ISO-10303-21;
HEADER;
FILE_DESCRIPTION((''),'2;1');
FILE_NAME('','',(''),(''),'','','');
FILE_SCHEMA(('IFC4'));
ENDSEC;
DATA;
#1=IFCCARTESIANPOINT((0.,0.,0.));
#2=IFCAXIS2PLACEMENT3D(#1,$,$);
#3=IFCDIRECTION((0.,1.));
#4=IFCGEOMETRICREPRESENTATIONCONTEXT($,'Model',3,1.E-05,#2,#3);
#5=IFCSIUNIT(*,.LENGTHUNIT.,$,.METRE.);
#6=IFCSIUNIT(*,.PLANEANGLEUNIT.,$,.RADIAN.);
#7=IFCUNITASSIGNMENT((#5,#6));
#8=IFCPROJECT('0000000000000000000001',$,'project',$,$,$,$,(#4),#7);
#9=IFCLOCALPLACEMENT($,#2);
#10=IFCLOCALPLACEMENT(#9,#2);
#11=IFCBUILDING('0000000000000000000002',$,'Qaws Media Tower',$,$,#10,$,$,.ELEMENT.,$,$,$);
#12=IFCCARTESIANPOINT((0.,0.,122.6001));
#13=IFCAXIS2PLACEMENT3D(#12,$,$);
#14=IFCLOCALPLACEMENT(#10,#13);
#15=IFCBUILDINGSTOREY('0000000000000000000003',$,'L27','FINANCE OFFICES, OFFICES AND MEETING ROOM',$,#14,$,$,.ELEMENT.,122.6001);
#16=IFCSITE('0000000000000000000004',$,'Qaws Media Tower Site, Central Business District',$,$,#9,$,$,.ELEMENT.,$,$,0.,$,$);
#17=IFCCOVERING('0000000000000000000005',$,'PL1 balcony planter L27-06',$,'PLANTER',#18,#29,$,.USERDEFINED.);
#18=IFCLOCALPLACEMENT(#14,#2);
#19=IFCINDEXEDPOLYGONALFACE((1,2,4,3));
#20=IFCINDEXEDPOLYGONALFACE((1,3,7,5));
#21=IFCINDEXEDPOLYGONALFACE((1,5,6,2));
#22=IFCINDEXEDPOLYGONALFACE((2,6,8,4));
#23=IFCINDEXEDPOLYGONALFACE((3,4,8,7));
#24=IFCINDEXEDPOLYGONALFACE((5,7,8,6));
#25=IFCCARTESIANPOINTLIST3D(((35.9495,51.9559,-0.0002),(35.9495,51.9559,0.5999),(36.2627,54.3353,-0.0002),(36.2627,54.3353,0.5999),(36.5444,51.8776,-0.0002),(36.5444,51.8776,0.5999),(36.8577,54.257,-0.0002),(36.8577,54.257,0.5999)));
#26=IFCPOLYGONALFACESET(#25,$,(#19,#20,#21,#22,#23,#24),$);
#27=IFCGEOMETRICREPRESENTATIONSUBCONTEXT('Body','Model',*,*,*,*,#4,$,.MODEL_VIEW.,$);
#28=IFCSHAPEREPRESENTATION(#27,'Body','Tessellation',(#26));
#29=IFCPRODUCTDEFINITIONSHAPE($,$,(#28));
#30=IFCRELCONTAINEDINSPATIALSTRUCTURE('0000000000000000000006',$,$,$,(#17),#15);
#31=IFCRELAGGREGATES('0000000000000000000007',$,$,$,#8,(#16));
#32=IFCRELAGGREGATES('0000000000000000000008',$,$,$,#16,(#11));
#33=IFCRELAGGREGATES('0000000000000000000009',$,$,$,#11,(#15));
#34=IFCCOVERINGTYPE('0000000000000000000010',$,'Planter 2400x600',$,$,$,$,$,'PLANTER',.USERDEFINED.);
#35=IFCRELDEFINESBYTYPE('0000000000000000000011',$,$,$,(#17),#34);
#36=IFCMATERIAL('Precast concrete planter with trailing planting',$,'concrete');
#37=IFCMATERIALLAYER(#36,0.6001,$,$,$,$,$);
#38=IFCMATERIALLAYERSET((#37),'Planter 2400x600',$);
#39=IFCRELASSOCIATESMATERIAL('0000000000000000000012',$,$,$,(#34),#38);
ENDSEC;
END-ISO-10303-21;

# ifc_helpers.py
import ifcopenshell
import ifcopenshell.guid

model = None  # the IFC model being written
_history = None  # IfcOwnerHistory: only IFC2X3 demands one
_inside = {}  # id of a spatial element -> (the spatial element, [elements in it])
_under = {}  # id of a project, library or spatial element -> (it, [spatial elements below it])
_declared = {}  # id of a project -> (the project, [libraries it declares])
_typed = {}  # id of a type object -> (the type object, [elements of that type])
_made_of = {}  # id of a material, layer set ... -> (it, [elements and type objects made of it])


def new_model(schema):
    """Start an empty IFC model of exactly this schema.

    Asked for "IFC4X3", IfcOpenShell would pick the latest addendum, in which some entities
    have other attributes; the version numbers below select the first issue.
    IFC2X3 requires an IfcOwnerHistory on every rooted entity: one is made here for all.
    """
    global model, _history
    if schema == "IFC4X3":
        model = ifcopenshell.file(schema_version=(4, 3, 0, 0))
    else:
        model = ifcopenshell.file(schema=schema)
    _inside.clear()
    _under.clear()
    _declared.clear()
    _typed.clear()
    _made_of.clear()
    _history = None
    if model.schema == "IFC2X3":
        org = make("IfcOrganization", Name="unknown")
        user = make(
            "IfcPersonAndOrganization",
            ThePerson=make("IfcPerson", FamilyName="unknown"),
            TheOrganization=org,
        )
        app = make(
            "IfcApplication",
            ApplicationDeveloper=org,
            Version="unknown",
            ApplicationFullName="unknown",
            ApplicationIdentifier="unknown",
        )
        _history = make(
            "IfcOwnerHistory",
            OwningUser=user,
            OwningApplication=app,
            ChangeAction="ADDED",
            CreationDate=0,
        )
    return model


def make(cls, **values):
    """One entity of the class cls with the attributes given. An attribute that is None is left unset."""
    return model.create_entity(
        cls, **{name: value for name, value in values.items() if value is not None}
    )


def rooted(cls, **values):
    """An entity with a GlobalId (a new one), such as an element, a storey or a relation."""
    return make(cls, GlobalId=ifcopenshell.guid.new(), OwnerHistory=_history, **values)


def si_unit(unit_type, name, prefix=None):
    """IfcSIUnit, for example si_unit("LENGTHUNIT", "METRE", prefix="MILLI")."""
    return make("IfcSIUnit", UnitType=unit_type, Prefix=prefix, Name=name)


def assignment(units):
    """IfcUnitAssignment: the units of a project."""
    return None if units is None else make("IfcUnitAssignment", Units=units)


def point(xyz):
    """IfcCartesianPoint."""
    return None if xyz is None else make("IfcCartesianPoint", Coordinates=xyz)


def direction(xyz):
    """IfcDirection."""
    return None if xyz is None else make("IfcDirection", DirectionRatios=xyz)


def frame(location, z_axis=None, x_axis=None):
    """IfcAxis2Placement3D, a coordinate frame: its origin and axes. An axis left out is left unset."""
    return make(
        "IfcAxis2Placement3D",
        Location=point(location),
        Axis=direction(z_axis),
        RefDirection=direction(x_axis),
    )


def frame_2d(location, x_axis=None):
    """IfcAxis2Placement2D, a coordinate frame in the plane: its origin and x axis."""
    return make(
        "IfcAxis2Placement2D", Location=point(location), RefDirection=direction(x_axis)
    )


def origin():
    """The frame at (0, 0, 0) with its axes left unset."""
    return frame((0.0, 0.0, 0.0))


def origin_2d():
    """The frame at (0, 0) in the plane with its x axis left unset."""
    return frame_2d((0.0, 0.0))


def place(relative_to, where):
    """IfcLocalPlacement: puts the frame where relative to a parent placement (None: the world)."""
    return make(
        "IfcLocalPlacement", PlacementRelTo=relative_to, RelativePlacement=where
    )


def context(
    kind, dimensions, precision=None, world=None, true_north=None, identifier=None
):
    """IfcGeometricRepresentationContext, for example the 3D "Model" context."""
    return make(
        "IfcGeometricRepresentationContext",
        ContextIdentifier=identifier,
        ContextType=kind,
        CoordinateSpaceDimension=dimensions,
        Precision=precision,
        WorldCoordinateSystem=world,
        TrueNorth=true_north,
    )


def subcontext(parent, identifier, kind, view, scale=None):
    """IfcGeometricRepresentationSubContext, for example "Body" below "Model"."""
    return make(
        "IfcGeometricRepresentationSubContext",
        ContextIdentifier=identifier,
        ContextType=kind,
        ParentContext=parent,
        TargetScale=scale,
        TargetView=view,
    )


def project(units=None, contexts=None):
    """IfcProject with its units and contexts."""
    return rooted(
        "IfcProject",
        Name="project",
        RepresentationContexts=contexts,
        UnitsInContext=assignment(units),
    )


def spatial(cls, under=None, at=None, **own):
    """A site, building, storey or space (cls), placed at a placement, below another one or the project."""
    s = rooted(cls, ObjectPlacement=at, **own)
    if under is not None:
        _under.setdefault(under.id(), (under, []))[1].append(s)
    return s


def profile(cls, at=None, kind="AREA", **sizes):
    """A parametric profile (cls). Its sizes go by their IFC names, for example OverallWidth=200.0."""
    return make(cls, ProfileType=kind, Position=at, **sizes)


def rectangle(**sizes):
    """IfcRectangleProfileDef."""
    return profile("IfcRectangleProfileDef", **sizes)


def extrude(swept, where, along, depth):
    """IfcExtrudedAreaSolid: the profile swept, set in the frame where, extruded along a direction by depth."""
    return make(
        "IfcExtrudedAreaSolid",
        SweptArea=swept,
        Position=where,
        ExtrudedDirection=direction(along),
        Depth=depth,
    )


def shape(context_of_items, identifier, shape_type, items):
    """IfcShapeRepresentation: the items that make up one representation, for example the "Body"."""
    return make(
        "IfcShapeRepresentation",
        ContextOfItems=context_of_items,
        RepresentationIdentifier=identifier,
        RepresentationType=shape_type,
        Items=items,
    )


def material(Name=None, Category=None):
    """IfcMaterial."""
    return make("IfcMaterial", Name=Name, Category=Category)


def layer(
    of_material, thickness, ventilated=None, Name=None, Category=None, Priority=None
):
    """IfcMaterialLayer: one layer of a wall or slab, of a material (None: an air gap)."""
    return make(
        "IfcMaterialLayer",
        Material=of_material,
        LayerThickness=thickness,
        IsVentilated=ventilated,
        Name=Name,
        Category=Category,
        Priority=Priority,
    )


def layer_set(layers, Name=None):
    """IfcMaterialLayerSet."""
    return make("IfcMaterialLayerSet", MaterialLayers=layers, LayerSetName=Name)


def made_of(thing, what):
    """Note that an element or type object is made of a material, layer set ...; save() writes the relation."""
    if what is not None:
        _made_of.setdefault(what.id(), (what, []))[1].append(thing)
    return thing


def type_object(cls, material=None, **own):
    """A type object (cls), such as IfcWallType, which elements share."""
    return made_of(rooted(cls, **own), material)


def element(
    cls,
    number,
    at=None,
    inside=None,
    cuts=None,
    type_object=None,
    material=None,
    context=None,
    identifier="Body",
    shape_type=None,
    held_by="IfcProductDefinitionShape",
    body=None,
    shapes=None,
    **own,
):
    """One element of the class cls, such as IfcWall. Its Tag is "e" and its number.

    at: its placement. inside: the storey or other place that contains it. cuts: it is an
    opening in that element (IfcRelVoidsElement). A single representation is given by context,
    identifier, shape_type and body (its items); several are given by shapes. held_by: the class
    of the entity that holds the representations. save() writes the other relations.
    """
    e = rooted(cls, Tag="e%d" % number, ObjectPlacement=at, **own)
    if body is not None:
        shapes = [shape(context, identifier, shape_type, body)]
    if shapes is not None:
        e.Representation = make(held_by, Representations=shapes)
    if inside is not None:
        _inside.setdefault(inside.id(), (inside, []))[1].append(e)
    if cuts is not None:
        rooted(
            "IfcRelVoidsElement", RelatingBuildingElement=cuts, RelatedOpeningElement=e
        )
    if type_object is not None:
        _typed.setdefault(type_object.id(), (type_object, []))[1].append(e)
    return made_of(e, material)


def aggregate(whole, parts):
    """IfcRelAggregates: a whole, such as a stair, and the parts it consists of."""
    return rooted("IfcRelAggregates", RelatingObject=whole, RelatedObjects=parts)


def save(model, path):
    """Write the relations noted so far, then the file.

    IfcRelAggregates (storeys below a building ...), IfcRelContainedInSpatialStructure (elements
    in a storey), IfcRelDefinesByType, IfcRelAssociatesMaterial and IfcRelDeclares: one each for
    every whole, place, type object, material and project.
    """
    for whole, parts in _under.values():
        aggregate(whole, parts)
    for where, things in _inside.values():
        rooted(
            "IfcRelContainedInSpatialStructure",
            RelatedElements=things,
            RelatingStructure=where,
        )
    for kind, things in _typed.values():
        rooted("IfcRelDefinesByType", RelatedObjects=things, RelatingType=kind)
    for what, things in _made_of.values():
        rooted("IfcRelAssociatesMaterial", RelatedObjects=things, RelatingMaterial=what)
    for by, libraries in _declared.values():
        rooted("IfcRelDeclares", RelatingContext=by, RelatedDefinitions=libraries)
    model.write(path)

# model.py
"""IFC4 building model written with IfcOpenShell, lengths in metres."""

from ifc_helpers import new_model, si_unit, direction, frame, origin, origin_2d, place, context, subcontext, project, spatial, rectangle, extrude, material, layer, layer_set, type_object, element, save


model = new_model("IFC4")

# Units and contexts
model_context = context("Model", 3, precision=1e-05, world=origin(), true_north=direction((0.0, 1.0)))
body_context = subcontext(model_context, "Body", "Model", "MODEL_VIEW")
ifc_project = project(units=[si_unit("LENGTHUNIT", "METRE"), si_unit("PLANEANGLEUNIT", "RADIAN")], contexts=[model_context])

# Site, building, storey
site_placement = place(None, origin())
site = spatial("IfcSite", under=ifc_project, at=site_placement, Name="Qaws Media Tower Site, Central Business District", CompositionType="ELEMENT", RefElevation=0.0)
building_placement = place(site_placement, origin())
building = spatial("IfcBuilding", under=site, at=building_placement, Name="Qaws Media Tower", CompositionType="ELEMENT")
storey_placement = place(building_placement, frame((0.0, 0.0, 122.6001)))
storey = spatial("IfcBuildingStorey", under=building, at=storey_placement, Name="L27", Description="FINANCE OFFICES, OFFICES AND MEETING ROOM", CompositionType="ELEMENT", Elevation=122.6001)

# Covering
ifc_material_1 = material(Name="Precast concrete planter with trailing planting", Category="concrete")
ifc_layer_1 = layer(ifc_material_1, 0.6001)
ifc_layer_set_1 = layer_set([ifc_layer_1], Name="Planter 2400x600")
covering_type = type_object("IfcCoveringType", Name="Planter 2400x600", ElementType="PLANTER", PredefinedType="USERDEFINED", material=ifc_layer_set_1)
covering_placement = place(storey_placement, frame((36.4036, 53.1064, -0.0002), z_axis=(0.0, 0.0, 1.0), x_axis=(-0.130526, -0.991445, 0.0)))
element("IfcCovering", 1, at=covering_placement, inside=storey, type_object=covering_type, Name="PL1 balcony planter L27-06", ObjectType="PLANTER", PredefinedType="USERDEFINED", context=body_context, shape_type="SweptSolid", body=[
    extrude(rectangle(XDim=2.3999, YDim=0.6001, at=origin_2d()), origin(), (0.0, 0.0, 1.0), 0.6001),
])

save(model, "model.ifc")
